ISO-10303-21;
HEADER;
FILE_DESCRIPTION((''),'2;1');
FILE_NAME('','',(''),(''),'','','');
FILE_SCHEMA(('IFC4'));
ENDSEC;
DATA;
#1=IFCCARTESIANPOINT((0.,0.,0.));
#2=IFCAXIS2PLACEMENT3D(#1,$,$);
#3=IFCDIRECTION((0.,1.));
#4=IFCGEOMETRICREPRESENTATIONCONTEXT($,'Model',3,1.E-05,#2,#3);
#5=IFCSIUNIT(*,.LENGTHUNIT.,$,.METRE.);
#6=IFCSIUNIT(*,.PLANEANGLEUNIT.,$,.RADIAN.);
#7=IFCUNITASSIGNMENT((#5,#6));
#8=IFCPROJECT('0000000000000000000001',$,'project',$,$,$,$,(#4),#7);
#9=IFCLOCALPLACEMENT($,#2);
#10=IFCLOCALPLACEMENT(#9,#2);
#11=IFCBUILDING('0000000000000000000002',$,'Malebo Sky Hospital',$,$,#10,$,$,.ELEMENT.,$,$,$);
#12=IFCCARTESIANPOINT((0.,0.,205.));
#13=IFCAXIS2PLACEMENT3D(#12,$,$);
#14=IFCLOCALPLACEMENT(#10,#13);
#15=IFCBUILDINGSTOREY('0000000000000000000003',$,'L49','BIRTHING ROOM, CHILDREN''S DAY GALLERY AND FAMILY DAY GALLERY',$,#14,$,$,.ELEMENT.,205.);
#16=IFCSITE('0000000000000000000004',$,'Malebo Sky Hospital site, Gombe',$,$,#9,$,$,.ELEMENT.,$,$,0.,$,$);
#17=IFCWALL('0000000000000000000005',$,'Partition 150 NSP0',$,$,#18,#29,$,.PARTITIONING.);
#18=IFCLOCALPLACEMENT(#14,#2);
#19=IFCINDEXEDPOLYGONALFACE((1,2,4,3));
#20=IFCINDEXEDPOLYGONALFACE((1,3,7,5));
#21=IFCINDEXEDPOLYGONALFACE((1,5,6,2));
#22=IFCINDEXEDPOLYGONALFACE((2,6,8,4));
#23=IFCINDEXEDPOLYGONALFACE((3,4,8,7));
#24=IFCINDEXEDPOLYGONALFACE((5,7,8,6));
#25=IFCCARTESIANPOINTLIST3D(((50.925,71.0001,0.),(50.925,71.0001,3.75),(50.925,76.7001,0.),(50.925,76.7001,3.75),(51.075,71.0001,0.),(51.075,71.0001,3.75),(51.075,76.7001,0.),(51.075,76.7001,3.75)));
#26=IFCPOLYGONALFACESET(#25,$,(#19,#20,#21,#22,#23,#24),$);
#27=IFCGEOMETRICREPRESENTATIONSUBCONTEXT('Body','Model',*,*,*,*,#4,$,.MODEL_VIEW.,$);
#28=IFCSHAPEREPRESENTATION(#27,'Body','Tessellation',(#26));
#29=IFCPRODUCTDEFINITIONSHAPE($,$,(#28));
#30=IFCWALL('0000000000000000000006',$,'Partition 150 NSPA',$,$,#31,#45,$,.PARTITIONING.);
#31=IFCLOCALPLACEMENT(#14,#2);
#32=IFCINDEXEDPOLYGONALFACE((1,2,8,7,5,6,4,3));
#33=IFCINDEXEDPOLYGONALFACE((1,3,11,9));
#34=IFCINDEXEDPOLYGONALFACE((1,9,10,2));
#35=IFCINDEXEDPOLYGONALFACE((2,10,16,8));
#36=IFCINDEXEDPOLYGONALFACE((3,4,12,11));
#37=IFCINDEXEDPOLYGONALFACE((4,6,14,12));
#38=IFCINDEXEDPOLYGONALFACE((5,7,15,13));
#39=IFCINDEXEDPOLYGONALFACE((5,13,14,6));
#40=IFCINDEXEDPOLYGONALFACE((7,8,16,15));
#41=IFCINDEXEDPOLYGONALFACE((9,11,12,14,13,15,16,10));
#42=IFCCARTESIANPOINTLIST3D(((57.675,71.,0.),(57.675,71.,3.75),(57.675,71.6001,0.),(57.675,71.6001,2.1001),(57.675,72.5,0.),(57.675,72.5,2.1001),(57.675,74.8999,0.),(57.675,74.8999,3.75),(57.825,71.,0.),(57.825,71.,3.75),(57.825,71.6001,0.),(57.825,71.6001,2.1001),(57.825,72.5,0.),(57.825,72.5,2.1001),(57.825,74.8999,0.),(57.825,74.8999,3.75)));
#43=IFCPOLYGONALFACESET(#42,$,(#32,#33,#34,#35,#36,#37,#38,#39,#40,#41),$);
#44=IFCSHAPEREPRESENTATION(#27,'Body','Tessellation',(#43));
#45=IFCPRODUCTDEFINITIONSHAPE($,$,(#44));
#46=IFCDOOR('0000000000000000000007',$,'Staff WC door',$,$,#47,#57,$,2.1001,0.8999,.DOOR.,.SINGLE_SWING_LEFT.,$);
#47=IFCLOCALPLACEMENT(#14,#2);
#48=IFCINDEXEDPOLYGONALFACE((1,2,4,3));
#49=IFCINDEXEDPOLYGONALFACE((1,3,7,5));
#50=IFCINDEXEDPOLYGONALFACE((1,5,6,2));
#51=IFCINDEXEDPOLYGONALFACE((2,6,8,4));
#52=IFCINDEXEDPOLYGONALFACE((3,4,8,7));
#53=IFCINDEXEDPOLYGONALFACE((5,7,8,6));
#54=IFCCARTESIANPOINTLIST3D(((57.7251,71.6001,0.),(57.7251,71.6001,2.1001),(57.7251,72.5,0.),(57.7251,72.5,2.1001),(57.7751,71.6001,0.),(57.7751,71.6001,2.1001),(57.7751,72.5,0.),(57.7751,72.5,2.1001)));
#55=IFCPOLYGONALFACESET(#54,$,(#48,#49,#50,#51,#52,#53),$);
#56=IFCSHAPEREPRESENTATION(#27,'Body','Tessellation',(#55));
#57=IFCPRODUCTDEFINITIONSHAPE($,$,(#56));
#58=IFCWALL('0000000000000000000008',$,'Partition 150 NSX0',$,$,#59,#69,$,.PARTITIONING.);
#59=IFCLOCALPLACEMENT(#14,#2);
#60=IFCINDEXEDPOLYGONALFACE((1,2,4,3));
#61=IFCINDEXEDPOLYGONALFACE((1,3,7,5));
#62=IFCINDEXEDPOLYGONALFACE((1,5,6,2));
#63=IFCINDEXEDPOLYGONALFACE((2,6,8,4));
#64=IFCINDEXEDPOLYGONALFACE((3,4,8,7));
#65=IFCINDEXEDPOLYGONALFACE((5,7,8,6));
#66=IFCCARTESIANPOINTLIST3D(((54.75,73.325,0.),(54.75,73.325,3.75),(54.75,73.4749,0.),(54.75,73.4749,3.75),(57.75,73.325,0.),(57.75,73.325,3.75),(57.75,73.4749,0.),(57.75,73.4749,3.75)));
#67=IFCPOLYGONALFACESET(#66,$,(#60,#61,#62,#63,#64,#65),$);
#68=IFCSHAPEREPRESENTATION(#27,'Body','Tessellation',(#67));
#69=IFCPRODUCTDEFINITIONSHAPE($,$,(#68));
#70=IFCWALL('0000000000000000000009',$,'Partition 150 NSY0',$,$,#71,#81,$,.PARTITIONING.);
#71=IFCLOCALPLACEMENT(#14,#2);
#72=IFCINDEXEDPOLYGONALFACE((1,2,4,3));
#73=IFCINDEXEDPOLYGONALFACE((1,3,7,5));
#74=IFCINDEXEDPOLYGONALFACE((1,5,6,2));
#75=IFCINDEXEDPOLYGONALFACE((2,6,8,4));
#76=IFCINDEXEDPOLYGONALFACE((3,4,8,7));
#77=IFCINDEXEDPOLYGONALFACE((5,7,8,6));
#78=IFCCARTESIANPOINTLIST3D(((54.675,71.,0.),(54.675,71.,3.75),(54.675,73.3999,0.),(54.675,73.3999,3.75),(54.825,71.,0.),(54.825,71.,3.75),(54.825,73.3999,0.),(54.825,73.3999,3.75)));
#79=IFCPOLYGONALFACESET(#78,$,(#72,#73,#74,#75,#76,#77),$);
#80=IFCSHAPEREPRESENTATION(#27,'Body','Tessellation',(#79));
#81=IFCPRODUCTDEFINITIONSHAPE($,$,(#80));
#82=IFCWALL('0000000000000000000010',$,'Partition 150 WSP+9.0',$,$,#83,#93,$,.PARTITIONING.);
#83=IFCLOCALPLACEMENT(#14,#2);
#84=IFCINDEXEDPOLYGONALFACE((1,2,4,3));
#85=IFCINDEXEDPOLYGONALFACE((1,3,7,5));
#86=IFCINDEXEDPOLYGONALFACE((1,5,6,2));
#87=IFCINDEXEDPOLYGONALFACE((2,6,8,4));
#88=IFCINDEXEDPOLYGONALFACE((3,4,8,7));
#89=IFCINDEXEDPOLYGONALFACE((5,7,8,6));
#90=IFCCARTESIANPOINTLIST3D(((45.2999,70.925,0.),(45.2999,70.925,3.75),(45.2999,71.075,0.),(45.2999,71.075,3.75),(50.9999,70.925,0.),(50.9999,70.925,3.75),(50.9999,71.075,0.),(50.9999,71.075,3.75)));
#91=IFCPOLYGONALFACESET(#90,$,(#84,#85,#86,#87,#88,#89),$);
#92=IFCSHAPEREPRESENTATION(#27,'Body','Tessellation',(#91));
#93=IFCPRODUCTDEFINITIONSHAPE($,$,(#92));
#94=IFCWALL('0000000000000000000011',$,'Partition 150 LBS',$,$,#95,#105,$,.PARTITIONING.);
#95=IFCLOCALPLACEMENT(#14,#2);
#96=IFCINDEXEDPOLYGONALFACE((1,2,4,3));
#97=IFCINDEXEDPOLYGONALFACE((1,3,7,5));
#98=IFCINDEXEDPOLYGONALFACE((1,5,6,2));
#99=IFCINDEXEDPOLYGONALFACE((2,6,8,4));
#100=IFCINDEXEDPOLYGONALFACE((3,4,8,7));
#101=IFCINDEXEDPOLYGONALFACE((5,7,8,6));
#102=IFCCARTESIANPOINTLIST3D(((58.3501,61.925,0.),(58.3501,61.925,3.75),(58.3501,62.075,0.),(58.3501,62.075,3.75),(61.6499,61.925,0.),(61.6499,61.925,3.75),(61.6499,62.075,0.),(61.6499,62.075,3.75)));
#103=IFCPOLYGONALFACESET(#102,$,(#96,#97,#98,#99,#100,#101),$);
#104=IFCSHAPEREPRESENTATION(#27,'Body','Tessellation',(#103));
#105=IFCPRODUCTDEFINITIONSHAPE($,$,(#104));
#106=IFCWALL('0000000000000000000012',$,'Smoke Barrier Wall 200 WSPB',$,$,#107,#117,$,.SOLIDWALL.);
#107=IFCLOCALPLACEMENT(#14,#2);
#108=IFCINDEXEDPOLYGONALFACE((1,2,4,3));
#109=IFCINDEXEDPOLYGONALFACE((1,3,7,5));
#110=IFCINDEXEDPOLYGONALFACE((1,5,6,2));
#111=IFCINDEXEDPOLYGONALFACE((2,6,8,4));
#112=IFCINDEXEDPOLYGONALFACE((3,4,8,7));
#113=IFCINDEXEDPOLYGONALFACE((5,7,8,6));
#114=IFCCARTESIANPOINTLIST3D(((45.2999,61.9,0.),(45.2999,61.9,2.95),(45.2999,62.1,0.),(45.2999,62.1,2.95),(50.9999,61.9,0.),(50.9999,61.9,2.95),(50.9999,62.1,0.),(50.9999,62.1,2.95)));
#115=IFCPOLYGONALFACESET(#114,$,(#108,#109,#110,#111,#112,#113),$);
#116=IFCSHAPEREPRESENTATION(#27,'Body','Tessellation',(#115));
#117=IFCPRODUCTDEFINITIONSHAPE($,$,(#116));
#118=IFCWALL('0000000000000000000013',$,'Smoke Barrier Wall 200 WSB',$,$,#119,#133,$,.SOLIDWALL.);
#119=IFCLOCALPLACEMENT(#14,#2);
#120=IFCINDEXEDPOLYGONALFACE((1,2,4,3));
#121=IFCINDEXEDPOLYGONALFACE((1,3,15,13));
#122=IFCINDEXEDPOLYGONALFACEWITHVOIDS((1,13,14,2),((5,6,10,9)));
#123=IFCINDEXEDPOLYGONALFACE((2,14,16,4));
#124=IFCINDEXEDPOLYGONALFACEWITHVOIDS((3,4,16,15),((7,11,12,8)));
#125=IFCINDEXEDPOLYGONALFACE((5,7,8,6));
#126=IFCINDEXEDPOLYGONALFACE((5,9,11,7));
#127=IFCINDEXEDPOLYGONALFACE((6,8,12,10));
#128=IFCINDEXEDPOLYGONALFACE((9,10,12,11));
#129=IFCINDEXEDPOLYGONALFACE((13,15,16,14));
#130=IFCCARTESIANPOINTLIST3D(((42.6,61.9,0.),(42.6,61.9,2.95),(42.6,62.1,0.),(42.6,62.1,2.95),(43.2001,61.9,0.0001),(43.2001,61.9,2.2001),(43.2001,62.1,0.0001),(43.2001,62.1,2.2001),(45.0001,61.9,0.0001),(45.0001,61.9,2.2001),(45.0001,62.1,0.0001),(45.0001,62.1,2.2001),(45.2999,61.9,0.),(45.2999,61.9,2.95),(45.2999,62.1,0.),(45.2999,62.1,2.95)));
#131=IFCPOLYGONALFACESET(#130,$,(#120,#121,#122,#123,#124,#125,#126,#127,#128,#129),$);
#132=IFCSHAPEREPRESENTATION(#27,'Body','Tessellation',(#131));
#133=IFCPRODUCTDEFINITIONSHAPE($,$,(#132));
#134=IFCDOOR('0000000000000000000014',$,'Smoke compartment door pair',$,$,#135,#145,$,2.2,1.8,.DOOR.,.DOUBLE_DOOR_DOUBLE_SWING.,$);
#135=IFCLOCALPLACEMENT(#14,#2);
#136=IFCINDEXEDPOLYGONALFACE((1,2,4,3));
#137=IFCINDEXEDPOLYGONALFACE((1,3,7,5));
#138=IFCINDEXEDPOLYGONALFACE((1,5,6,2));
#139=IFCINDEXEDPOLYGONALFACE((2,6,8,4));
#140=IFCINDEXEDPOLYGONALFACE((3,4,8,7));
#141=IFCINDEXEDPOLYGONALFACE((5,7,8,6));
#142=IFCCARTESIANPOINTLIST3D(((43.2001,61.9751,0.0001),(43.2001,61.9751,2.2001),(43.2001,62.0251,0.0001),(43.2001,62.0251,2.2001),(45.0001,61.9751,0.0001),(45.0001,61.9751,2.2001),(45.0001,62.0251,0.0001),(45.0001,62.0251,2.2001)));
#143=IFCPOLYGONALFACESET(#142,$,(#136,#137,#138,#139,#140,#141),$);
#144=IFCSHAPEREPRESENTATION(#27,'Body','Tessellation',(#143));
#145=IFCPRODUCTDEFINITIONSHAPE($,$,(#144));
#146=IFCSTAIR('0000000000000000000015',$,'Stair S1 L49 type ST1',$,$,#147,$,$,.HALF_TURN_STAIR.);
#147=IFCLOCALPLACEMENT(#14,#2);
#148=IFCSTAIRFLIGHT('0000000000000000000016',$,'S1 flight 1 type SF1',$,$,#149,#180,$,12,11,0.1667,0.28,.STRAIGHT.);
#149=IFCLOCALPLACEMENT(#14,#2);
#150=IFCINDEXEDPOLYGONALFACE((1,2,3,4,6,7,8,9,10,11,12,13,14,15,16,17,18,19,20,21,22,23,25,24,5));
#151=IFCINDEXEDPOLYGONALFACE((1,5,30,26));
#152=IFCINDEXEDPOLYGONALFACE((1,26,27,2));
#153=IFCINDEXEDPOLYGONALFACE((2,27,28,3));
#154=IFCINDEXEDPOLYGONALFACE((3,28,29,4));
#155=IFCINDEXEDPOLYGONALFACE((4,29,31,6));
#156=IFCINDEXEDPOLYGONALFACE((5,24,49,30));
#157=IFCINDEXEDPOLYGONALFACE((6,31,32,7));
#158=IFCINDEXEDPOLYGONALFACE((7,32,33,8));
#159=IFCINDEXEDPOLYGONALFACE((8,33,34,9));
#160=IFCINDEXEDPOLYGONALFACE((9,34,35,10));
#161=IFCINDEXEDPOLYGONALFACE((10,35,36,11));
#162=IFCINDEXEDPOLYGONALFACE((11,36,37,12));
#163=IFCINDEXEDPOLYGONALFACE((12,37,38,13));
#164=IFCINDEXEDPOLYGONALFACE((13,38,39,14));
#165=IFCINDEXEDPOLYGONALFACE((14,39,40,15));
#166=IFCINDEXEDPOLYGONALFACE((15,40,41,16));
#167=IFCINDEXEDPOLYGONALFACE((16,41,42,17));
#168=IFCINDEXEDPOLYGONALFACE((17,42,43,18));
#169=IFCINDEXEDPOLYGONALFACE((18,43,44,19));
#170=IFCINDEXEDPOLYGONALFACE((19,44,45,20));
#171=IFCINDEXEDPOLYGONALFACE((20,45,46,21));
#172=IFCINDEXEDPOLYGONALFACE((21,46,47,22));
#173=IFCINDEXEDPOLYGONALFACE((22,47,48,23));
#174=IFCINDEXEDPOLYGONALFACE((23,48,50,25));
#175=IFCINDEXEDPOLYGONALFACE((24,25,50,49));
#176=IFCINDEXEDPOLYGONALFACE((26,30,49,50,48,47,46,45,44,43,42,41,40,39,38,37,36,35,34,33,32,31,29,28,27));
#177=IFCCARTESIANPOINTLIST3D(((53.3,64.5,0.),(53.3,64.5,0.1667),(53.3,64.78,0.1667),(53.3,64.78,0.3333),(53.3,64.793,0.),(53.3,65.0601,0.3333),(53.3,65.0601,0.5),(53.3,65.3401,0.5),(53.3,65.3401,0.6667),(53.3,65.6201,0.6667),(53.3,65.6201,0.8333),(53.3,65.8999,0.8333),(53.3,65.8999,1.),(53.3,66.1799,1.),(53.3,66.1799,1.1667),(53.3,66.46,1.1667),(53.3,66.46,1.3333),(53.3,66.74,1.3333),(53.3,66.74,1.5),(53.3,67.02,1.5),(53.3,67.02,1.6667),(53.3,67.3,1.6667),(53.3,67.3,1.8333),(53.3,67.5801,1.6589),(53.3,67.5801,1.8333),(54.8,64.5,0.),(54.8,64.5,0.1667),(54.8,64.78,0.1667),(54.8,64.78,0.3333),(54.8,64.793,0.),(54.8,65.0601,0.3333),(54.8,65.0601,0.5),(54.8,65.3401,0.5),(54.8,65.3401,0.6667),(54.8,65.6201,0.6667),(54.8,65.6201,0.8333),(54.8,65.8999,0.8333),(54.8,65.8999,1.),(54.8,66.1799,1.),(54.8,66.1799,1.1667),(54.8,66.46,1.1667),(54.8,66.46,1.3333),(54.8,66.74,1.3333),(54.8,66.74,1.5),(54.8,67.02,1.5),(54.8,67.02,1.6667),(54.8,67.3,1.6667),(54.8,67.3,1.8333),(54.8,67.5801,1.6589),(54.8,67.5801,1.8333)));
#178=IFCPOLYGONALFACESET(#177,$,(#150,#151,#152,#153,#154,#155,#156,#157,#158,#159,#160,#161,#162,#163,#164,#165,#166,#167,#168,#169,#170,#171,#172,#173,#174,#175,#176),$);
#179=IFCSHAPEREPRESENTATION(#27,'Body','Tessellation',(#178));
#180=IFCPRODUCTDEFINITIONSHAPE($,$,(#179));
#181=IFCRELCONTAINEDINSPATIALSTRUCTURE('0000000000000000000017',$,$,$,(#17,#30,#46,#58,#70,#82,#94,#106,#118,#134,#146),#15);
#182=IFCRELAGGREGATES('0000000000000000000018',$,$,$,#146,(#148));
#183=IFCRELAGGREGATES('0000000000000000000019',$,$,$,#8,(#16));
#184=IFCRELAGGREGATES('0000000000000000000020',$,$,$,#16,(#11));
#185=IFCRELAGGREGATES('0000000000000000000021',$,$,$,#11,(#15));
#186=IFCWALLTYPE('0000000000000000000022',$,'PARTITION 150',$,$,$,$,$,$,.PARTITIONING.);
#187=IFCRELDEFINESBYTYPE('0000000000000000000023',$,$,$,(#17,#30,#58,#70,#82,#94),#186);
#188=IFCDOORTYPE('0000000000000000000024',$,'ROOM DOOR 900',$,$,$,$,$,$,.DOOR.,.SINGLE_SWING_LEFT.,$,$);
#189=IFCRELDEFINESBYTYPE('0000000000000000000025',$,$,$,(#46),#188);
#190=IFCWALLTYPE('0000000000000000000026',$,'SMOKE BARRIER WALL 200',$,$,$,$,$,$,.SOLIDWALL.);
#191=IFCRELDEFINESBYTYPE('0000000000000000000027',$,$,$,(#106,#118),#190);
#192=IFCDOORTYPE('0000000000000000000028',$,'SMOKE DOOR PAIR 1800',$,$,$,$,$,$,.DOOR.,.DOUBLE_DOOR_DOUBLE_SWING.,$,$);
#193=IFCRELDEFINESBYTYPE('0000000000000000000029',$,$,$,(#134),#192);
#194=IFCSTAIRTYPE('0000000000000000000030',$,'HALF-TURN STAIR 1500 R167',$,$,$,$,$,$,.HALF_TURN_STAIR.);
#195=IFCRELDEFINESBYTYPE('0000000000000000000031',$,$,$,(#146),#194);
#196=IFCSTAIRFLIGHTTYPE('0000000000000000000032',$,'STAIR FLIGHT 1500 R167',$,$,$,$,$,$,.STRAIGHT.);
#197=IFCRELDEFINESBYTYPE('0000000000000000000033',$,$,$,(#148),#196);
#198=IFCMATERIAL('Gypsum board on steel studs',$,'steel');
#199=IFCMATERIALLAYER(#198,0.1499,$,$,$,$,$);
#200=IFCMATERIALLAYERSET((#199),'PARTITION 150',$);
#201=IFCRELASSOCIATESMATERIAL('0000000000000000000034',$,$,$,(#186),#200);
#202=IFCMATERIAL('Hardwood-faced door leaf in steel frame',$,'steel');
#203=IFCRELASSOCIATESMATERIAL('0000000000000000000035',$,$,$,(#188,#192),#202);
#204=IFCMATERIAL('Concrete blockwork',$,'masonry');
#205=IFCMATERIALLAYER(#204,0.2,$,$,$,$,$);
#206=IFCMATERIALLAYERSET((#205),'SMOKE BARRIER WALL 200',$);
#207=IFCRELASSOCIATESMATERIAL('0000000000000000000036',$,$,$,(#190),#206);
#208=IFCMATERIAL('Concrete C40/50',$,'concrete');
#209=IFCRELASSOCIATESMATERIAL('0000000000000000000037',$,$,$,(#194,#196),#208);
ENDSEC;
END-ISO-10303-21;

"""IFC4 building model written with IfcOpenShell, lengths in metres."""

from ifc_helpers import new_model, si_unit, direction, frame, frame_2d, origin, place, context, subcontext, project, spatial, polyline, rectangle, outline, extrude, material, layer, layer_set, type_object, element, fill, aggregate, save


model = new_model("IFC4")

# Units and contexts
model_context = context("Model", 3, precision=1e-05, world=origin(), true_north=direction((0.0, 1.0)))
body_context = subcontext(model_context, "Body", "Model", "MODEL_VIEW")
ifc_project = project(units=[si_unit("LENGTHUNIT", "METRE"), si_unit("PLANEANGLEUNIT", "RADIAN")], contexts=[model_context])

# Site, building, storey
site_placement = place(None, origin())
site = spatial("IfcSite", under=ifc_project, at=site_placement, Name="Malebo Sky Hospital site, Gombe", CompositionType="ELEMENT", RefElevation=0.0)
building_placement = place(site_placement, origin())
building = spatial("IfcBuilding", under=site, at=building_placement, Name="Malebo Sky Hospital", CompositionType="ELEMENT")
storey_placement = place(building_placement, frame((0.0, 0.0, 205.0)))
storey = spatial("IfcBuildingStorey", under=building, at=storey_placement, Name="L49", Description="BIRTHING ROOM, CHILDREN'S DAY GALLERY AND FAMILY DAY GALLERY", CompositionType="ELEMENT", Elevation=205.0)

# Shared definitions
ifc_material_1 = material(Name="Hardwood-faced door leaf in steel frame", Category="steel")
ifc_material_2 = material(Name="Gypsum board on steel studs", Category="steel")

# Wall
ifc_layer_1 = layer(ifc_material_2, 0.1499)
ifc_layer_set_1 = layer_set([ifc_layer_1], Name="PARTITION 150")
wall_type_1 = type_object("IfcWallType", Name="PARTITION 150", PredefinedType="PARTITIONING", material=ifc_layer_set_1)
wall_1_placement = place(storey_placement, frame((51.0, 71.0, 0.0), z_axis=(0.0, 0.0, 1.0), x_axis=(0.0, 1.0, 0.0)))
element("IfcWall", 1, at=wall_1_placement, inside=storey, type_object=wall_type_1, Name="Partition 150 NSP0", PredefinedType="PARTITIONING", context=body_context, shape_type="SweptSolid", body=[
    extrude(rectangle(XDim=5.7, YDim=0.1499, at=frame_2d((2.8501, 0.0))), origin(), (0.0, 0.0, 1.0), 3.75),
])

# Wall, opening, door
wall_2_placement = place(storey_placement, frame((57.75, 71.0, 0.0), z_axis=(0.0, 0.0, 1.0), x_axis=(0.0, 1.0, 0.0)))
wall_2 = element("IfcWall", 2, at=wall_2_placement, inside=storey, type_object=wall_type_1, Name="Partition 150 NSPA", PredefinedType="PARTITIONING", context=body_context, shape_type="SweptSolid", body=[
    extrude(rectangle(XDim=3.8999, YDim=0.1499, at=frame_2d((1.95, 0.0))), origin(), (0.0, 0.0, 1.0), 3.75),
])
opening_1_placement = place(wall_2_placement, frame((0.6001, 0.0, 0.0)))
opening_1 = element("IfcOpeningElement", 3, at=opening_1_placement, cuts=wall_2, PredefinedType="OPENING", context=body_context, shape_type="SweptSolid", body=[
    extrude(rectangle(XDim=0.8999, YDim=2.1001, at=frame_2d((0.45, 1.05))), frame((0.0, 0.085, 0.0), z_axis=(0.0, -1.0, 0.0), x_axis=(1.0, 0.0, 0.0)), (0.0, 0.0, 1.0), 0.1699),
])
door_type_1 = type_object("IfcDoorType", Name="ROOM DOOR 900", OperationType="SINGLE_SWING_LEFT", PredefinedType="DOOR", material=ifc_material_1)
door_1_placement = place(opening_1_placement, origin())
door_1 = element("IfcDoor", 4, at=door_1_placement, inside=storey, type_object=door_type_1, Name="Staff WC door", OperationType="SINGLE_SWING_LEFT", OverallHeight=2.1001, OverallWidth=0.8999, PredefinedType="DOOR", context=body_context, shape_type="SweptSolid", body=[
    extrude(rectangle(XDim=0.8999, YDim=2.1001, at=frame_2d((0.45, 1.05))), frame((0.0, 0.0249, 0.0), z_axis=(0.0, -1.0, 0.0), x_axis=(1.0, 0.0, 0.0)), (0.0, 0.0, 1.0), 0.05),
])
fill(opening_1, door_1)

# Walls
wall_3_placement = place(storey_placement, frame((54.75, 73.3999, 0.0), z_axis=(0.0, 0.0, 1.0), x_axis=(1.0, 0.0, 0.0)))
element("IfcWall", 5, at=wall_3_placement, inside=storey, type_object=wall_type_1, Name="Partition 150 NSX0", PredefinedType="PARTITIONING", context=body_context, shape_type="SweptSolid", body=[
    extrude(rectangle(XDim=3.0, YDim=0.1499, at=frame_2d((1.5, 0.0))), origin(), (0.0, 0.0, 1.0), 3.75),
])
wall_4_placement = place(storey_placement, frame((54.75, 71.0, 0.0), z_axis=(0.0, 0.0, 1.0), x_axis=(0.0, 1.0, 0.0)))
element("IfcWall", 6, at=wall_4_placement, inside=storey, type_object=wall_type_1, Name="Partition 150 NSY0", PredefinedType="PARTITIONING", context=body_context, shape_type="SweptSolid", body=[
    extrude(rectangle(XDim=2.3999, YDim=0.1499, at=frame_2d((1.2, 0.0))), origin(), (0.0, 0.0, 1.0), 3.75),
])
wall_5_placement = place(storey_placement, frame((51.0, 71.0, 0.0), z_axis=(0.0, 0.0, 1.0), x_axis=(-1.0, 0.0, 0.0)))
element("IfcWall", 7, at=wall_5_placement, inside=storey, type_object=wall_type_1, Name="Partition 150 WSP+9.0", PredefinedType="PARTITIONING", context=body_context, shape_type="SweptSolid", body=[
    extrude(rectangle(XDim=5.7, YDim=0.1499, at=frame_2d((2.8501, 0.0))), origin(), (0.0, 0.0, 1.0), 3.75),
])
wall_6_placement = place(storey_placement, frame((58.3501, 62.0, 0.0), z_axis=(0.0, 0.0, 1.0), x_axis=(1.0, 0.0, 0.0)))
element("IfcWall", 8, at=wall_6_placement, inside=storey, type_object=wall_type_1, Name="Partition 150 LBS", PredefinedType="PARTITIONING", context=body_context, shape_type="SweptSolid", body=[
    extrude(rectangle(XDim=3.2998, YDim=0.1499, at=frame_2d((1.6499, 0.0))), origin(), (0.0, 0.0, 1.0), 3.75),
])
ifc_material_3 = material(Name="Concrete blockwork", Category="masonry")
ifc_layer_2 = layer(ifc_material_3, 0.2)
ifc_layer_set_2 = layer_set([ifc_layer_2], Name="SMOKE BARRIER WALL 200")
wall_type_2 = type_object("IfcWallType", Name="SMOKE BARRIER WALL 200", PredefinedType="SOLIDWALL", material=ifc_layer_set_2)
wall_7_placement = place(storey_placement, frame((51.0, 62.0, 0.0), z_axis=(0.0, 0.0, 1.0), x_axis=(-1.0, 0.0, 0.0)))
element("IfcWall", 9, at=wall_7_placement, inside=storey, type_object=wall_type_2, Name="Smoke Barrier Wall 200 WSPB", PredefinedType="SOLIDWALL", context=body_context, shape_type="SweptSolid", body=[
    extrude(rectangle(XDim=5.7, YDim=0.2, at=frame_2d((2.8501, 0.0))), origin(), (0.0, 0.0, 1.0), 2.95),
])

# Wall, opening, door
wall_8_placement = place(storey_placement, frame((45.3, 62.0, 0.0), z_axis=(0.0, 0.0, 1.0), x_axis=(-1.0, 0.0, 0.0)))
wall_8 = element("IfcWall", 10, at=wall_8_placement, inside=storey, type_object=wall_type_2, Name="Smoke Barrier Wall 200 WSB", PredefinedType="SOLIDWALL", context=body_context, shape_type="SweptSolid", body=[
    extrude(rectangle(XDim=2.7, YDim=0.2, at=frame_2d((1.3501, 0.0))), origin(), (0.0, 0.0, 1.0), 2.95),
])
opening_2_placement = place(wall_8_placement, frame((0.3, 0.0, 0.0)))
opening_2 = element("IfcOpeningElement", 11, at=opening_2_placement, cuts=wall_8, PredefinedType="OPENING", context=body_context, shape_type="SweptSolid", body=[
    extrude(rectangle(XDim=1.8, YDim=2.2, at=frame_2d((0.8999, 1.1001))), frame((0.0, 0.1099, 0.0), z_axis=(0.0, -1.0, 0.0), x_axis=(1.0, 0.0, 0.0)), (0.0, 0.0, 1.0), 0.22),
])
door_type_2 = type_object("IfcDoorType", Name="SMOKE DOOR PAIR 1800", OperationType="DOUBLE_DOOR_DOUBLE_SWING", PredefinedType="DOOR", material=ifc_material_1)
door_2_placement = place(opening_2_placement, origin())
door_2 = element("IfcDoor", 12, at=door_2_placement, inside=storey, type_object=door_type_2, Name="Smoke compartment door pair", OperationType="DOUBLE_DOOR_DOUBLE_SWING", OverallHeight=2.2, OverallWidth=1.8, PredefinedType="DOOR", context=body_context, shape_type="SweptSolid", body=[
    extrude(rectangle(XDim=1.8, YDim=2.2, at=frame_2d((0.8999, 1.1001))), frame((0.0, 0.0249, 0.0), z_axis=(0.0, -1.0, 0.0), x_axis=(1.0, 0.0, 0.0)), (0.0, 0.0, 1.0), 0.05),
])
fill(opening_2, door_2)

# Stair, stair flight
ifc_material_4 = material(Name="Concrete C40/50", Category="concrete")
stair_type = type_object("IfcStairType", Name="HALF-TURN STAIR 1500 R167", PredefinedType="HALF_TURN_STAIR", material=ifc_material_4)
stair_placement = place(storey_placement, origin())
stair = element("IfcStair", 13, at=stair_placement, inside=storey, type_object=stair_type, Name="Stair S1 L49 type ST1", PredefinedType="HALF_TURN_STAIR")
stair_flight_type = type_object("IfcStairFlightType", Name="STAIR FLIGHT 1500 R167", PredefinedType="STRAIGHT", material=ifc_material_4)
stair_flight_1_placement = place(storey_placement, frame((54.05, 64.5, 0.0), z_axis=(0.0, 0.0, 1.0), x_axis=(0.0, 1.0, 0.0)))
stair_flight_1 = element("IfcStairFlight", 14, at=stair_flight_1_placement, type_object=stair_flight_type, Name="S1 flight 1 type SF1", NumberOfRisers=12, NumberOfTreads=11, PredefinedType="STRAIGHT", RiserHeight=0.1667, TreadLength=0.28, context=body_context, shape_type="SweptSolid", body=[
    extrude(outline(polyline([(0.0, 0.0), (0.0, 0.1667), (0.28, 0.1667), (0.28, 0.3333), (0.5601, 0.3333), (0.5601, 0.5), (0.8401, 0.5), (0.8401, 0.6667), (1.1201, 0.6667), (1.1201, 0.8333), (1.3999, 0.8333), (1.3999, 1.0), (1.6799, 1.0), (1.6799, 1.1667), (1.96, 1.1667), (1.96, 1.3333), (2.24, 1.3333), (2.24, 1.5), (2.52, 1.5), (2.52, 1.6667), (2.8, 1.6667), (2.8, 1.8333), (3.0801, 1.8333), (3.0801, 2.0), (3.0801, 1.6589), (0.293, 0.0), (0.0, 0.0)])), frame((0.0, 0.75, 0.0), z_axis=(0.0, -1.0, 0.0), x_axis=(1.0, 0.0, 0.0)), (0.0, 0.0, 1.0), 1.5),
])
aggregate(stair, [stair_flight_1])

save(model, "model.ifc")
